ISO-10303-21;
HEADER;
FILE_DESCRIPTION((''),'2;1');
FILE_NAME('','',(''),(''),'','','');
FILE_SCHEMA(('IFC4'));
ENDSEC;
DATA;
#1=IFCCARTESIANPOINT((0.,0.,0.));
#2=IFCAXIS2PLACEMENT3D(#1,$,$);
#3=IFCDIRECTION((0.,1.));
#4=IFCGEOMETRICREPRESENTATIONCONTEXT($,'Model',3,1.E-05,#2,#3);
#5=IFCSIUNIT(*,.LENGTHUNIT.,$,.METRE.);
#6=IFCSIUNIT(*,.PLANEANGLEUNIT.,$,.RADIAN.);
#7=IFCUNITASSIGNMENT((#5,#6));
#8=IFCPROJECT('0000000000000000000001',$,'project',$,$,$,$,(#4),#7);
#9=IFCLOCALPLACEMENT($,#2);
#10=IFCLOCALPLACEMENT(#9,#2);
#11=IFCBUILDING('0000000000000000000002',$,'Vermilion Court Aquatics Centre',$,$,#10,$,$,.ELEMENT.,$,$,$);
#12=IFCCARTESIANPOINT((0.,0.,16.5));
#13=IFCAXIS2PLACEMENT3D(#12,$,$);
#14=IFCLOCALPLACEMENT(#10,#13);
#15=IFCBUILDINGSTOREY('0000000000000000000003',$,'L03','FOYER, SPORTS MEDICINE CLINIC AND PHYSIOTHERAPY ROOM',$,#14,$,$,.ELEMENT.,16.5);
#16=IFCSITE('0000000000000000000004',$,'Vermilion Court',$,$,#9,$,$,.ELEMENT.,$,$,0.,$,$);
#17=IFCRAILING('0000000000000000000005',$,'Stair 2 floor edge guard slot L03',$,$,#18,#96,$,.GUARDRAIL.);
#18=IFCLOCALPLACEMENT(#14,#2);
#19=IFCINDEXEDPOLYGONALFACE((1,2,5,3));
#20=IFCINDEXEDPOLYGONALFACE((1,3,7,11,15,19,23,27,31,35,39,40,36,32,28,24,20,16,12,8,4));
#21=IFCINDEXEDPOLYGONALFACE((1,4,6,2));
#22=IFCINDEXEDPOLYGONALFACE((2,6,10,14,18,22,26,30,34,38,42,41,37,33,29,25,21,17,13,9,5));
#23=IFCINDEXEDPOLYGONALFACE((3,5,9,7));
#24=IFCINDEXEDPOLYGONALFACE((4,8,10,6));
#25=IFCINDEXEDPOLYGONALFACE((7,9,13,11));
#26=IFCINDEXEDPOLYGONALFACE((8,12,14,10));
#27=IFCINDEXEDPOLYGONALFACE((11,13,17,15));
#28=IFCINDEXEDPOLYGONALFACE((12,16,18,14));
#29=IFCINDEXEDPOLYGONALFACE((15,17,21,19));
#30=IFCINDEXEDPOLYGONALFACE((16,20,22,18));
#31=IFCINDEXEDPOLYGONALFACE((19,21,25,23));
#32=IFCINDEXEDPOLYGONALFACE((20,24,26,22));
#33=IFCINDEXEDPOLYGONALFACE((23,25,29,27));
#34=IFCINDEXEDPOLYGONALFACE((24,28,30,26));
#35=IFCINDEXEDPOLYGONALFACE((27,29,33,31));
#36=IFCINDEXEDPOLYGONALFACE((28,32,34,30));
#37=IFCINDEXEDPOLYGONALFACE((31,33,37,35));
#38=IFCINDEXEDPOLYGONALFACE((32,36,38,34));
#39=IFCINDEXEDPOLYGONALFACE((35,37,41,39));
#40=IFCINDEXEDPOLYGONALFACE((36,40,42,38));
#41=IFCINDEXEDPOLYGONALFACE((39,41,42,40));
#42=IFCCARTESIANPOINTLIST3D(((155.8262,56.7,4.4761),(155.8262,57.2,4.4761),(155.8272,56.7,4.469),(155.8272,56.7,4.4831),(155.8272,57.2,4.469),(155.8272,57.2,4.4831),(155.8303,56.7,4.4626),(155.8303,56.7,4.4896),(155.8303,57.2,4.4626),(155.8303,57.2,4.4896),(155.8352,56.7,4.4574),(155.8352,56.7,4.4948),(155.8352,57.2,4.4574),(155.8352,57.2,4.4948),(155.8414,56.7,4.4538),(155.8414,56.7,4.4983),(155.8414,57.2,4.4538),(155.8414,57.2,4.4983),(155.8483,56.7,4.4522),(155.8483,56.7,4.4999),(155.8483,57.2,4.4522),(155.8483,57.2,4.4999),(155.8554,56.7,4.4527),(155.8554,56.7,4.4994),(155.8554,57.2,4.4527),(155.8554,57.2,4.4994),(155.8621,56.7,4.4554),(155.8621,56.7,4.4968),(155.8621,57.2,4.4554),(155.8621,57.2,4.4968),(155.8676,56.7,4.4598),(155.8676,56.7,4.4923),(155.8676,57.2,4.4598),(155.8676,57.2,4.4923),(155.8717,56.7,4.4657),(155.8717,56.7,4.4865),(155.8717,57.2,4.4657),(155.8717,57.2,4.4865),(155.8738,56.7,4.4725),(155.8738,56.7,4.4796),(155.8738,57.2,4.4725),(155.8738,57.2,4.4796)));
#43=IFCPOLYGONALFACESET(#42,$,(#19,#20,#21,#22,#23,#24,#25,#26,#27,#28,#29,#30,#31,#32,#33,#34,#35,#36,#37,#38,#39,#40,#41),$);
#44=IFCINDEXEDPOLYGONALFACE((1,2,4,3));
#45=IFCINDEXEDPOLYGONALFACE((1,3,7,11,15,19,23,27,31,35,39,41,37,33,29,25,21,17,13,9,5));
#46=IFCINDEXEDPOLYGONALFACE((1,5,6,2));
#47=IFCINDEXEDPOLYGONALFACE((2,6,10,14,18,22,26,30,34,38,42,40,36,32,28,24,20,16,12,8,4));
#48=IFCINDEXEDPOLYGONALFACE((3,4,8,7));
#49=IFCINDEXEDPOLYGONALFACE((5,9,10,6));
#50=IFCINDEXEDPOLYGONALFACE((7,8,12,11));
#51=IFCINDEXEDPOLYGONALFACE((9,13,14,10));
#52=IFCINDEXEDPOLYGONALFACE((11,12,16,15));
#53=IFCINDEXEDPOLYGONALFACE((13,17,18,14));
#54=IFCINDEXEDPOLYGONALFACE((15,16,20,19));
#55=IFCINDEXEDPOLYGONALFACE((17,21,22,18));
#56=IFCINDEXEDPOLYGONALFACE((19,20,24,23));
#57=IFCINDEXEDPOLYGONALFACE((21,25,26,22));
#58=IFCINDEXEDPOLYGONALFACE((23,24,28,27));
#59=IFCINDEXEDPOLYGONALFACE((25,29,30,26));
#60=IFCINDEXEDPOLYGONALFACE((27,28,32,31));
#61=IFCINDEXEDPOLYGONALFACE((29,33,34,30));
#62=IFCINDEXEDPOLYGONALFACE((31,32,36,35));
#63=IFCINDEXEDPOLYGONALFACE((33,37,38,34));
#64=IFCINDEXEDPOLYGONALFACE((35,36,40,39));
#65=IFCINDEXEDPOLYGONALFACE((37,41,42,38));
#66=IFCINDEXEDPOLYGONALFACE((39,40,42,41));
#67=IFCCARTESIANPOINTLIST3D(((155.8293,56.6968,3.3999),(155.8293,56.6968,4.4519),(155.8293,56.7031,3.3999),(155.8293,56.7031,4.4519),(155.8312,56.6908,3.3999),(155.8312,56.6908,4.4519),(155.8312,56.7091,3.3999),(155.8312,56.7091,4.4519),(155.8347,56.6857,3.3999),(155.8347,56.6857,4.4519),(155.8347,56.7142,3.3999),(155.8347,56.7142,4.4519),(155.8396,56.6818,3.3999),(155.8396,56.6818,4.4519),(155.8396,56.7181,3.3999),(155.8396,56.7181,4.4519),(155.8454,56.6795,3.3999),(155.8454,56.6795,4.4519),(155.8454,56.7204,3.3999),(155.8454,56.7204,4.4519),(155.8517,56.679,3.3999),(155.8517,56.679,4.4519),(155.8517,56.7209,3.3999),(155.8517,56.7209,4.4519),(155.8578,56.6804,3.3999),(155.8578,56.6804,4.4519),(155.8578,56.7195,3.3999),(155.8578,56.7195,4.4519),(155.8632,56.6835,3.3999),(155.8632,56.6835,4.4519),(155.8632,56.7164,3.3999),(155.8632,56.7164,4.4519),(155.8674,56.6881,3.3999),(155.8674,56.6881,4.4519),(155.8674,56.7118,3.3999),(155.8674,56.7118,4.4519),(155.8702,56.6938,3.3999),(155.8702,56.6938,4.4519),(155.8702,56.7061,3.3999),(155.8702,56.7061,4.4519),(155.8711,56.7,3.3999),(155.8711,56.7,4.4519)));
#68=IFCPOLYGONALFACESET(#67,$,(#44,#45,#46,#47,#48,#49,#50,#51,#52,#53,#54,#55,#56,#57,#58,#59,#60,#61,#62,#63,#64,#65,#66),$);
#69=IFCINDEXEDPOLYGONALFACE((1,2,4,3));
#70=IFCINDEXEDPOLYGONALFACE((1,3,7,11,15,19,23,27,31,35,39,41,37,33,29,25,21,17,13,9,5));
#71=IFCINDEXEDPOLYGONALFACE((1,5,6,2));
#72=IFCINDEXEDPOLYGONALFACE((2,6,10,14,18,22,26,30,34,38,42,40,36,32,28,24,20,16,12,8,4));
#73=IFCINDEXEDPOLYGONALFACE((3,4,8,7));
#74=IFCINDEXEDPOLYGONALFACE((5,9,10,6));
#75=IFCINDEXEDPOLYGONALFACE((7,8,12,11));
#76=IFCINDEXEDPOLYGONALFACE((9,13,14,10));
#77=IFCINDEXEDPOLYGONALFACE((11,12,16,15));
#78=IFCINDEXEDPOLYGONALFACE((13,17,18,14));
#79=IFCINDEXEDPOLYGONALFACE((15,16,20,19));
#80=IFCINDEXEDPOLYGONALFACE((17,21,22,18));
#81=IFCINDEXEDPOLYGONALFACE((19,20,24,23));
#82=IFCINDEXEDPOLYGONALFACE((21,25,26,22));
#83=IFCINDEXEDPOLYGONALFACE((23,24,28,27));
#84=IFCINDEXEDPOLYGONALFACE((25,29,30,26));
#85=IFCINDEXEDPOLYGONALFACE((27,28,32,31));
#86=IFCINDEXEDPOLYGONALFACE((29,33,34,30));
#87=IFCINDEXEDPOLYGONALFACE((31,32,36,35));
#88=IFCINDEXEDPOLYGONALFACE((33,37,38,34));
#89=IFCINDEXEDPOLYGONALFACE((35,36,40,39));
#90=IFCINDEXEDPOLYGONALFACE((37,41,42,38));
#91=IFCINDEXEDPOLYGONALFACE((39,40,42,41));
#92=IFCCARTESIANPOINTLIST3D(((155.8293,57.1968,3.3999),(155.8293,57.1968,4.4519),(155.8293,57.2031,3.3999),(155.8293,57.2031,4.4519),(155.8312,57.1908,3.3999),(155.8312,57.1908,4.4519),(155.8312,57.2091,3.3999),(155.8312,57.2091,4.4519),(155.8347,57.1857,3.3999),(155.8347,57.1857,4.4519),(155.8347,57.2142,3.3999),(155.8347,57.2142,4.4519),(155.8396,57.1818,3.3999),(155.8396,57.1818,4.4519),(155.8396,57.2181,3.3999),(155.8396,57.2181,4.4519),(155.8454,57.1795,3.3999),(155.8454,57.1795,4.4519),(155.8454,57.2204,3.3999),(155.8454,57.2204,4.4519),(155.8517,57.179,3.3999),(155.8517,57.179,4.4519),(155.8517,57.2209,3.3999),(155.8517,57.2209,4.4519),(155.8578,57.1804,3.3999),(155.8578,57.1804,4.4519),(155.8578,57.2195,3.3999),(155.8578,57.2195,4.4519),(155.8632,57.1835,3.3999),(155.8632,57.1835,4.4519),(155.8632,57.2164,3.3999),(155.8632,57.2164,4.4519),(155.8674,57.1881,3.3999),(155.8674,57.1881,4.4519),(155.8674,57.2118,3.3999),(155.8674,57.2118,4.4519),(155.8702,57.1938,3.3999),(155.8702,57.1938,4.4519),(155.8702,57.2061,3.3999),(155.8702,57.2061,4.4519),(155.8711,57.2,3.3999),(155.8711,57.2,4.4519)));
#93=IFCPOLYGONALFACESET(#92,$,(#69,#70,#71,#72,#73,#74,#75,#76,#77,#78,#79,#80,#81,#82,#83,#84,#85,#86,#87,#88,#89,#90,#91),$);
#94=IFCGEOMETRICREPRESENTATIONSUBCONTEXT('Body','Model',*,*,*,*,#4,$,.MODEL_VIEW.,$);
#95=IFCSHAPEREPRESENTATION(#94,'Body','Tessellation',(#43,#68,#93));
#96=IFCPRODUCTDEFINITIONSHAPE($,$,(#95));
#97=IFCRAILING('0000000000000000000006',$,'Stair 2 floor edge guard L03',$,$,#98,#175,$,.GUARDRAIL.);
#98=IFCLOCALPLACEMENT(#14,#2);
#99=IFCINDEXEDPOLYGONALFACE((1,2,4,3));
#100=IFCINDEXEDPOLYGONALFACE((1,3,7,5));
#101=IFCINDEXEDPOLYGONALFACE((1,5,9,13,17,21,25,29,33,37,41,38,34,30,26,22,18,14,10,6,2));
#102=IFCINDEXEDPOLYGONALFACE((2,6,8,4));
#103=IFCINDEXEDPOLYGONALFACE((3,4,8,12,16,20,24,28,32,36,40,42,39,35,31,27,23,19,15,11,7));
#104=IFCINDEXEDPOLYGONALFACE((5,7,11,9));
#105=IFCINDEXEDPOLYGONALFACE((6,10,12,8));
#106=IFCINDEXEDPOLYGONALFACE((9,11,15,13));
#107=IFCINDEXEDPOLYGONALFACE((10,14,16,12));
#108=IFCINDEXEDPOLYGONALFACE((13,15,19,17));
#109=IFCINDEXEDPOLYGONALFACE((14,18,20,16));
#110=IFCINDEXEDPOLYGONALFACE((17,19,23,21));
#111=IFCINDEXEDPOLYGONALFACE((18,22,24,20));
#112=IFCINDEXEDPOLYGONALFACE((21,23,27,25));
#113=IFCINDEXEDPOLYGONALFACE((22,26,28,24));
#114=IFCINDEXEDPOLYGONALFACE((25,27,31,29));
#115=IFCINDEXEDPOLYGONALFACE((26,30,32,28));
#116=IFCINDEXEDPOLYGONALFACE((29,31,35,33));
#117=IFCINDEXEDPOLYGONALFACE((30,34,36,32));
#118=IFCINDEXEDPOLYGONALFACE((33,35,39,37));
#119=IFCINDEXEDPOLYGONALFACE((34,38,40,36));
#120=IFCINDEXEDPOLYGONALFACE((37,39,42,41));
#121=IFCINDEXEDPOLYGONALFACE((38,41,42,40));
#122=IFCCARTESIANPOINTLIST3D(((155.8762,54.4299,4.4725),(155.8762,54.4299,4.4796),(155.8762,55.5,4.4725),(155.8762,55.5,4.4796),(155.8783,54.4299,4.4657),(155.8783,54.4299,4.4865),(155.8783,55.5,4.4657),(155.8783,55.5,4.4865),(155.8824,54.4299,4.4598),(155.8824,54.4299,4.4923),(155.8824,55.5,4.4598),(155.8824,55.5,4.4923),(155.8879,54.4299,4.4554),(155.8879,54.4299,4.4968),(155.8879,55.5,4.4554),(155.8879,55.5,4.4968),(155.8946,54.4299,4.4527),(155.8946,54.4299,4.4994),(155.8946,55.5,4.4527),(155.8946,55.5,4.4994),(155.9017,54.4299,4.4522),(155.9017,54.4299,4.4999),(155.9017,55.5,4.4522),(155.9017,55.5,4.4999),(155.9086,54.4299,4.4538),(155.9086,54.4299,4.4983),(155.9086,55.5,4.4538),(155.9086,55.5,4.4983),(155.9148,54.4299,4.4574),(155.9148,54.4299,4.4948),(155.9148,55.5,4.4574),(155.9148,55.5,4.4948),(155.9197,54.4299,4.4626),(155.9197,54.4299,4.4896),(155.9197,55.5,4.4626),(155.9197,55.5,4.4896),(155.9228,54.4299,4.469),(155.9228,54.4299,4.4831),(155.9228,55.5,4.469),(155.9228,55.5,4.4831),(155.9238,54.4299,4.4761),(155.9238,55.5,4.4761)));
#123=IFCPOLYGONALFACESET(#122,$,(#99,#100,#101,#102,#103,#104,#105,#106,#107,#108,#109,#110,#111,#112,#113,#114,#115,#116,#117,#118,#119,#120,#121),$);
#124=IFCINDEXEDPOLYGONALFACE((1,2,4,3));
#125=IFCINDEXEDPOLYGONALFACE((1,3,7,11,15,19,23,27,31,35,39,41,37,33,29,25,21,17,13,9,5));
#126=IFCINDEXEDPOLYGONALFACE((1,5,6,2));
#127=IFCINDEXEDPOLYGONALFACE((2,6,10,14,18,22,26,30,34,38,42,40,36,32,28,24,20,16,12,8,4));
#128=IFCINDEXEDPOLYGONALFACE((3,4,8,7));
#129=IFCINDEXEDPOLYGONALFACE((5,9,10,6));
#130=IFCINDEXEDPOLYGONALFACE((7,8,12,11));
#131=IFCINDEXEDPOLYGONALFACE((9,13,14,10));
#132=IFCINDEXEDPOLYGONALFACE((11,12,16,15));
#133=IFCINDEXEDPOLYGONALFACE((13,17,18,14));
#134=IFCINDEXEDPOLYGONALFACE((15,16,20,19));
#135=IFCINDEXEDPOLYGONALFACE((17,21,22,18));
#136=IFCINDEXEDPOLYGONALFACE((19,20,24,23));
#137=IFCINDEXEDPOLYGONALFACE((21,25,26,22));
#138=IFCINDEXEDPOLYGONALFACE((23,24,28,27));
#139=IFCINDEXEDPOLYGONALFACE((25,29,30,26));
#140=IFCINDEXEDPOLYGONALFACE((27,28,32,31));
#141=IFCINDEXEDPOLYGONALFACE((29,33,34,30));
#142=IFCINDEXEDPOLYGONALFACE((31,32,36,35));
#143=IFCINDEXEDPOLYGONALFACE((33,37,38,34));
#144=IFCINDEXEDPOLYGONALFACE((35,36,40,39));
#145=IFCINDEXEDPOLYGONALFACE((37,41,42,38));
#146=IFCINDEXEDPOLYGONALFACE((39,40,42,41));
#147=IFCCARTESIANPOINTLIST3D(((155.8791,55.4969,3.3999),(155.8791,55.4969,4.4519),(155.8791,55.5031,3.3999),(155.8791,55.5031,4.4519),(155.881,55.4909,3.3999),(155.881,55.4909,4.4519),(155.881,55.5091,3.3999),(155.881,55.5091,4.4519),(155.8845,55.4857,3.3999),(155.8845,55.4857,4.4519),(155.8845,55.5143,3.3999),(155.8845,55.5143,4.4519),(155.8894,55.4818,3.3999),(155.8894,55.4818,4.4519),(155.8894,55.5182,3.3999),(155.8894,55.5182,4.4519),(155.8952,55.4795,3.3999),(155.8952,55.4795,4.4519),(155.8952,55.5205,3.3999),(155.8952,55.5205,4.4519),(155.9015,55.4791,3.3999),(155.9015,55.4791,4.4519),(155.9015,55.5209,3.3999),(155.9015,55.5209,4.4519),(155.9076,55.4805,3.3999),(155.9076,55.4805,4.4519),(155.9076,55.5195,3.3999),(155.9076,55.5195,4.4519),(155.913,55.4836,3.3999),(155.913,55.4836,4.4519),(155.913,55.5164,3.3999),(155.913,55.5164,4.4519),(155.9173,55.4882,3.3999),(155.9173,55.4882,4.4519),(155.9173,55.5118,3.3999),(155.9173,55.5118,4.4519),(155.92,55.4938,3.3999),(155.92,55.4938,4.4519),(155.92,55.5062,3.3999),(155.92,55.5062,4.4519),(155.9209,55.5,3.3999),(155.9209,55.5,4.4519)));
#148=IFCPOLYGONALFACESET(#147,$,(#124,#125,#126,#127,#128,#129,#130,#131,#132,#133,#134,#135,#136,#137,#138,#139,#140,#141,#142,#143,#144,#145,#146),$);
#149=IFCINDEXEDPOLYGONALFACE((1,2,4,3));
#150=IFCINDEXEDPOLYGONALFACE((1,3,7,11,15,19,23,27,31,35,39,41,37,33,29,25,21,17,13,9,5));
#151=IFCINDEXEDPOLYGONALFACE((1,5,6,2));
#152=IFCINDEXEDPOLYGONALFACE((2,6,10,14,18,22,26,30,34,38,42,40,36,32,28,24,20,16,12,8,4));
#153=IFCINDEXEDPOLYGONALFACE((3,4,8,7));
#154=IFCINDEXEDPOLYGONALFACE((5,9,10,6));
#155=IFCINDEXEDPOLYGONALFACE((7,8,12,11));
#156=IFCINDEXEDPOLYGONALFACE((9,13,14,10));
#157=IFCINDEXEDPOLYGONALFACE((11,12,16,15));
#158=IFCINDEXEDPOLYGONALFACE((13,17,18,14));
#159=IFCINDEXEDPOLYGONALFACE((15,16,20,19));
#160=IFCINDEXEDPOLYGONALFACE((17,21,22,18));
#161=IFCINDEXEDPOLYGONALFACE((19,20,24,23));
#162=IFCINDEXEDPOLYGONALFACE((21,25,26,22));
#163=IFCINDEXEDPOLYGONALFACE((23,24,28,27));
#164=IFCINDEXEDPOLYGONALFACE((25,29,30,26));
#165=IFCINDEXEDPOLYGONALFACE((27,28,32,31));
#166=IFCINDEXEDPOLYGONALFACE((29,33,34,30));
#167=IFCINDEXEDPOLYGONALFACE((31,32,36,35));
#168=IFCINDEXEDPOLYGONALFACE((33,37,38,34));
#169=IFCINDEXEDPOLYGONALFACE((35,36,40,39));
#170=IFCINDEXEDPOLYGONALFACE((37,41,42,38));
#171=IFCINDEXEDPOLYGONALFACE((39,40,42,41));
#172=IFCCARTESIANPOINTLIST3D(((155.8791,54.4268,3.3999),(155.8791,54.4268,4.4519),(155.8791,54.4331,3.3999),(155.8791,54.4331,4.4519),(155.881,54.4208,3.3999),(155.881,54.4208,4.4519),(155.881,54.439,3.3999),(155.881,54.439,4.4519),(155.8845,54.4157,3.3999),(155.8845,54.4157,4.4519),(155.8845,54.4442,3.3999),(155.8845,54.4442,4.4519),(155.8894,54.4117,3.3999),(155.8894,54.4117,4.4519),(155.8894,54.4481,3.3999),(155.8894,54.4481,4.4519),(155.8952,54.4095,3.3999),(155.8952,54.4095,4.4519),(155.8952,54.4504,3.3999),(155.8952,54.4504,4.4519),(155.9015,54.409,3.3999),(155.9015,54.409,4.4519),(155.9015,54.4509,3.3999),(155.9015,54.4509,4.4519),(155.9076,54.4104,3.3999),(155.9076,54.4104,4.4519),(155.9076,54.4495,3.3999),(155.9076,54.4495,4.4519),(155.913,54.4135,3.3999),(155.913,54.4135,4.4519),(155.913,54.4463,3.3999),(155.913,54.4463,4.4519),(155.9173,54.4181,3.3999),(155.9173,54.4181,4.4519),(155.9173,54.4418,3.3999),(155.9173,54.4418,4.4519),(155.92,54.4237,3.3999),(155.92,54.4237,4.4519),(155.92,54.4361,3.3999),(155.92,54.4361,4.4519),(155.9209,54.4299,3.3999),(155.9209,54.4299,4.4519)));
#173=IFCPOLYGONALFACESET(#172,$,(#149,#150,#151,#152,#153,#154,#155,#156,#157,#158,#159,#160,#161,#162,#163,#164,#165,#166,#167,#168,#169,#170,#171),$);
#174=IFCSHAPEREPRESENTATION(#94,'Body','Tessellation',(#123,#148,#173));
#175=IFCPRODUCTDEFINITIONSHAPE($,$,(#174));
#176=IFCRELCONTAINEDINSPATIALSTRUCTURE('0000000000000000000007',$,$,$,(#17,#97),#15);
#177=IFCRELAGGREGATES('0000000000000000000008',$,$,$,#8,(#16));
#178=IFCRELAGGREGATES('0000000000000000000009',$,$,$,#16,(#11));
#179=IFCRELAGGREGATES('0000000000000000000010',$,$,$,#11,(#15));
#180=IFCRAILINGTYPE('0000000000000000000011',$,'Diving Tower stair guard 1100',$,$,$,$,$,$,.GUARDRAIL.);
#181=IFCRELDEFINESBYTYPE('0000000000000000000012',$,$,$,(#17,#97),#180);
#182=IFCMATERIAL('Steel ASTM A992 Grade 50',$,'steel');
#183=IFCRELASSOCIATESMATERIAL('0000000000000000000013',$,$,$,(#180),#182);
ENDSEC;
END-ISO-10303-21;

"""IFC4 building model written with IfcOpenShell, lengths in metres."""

from ifc_helpers import new_model, si_unit, direction, frame, origin, origin_2d, place, context, subcontext, project, spatial, circle, extrude, material, type_object, element, save


model = new_model("IFC4")

# Units and contexts
model_context = context("Model", 3, precision=1e-05, world=origin(), true_north=direction((0.0, 1.0)))
body_context = subcontext(model_context, "Body", "Model", "MODEL_VIEW")
ifc_project = project(units=[si_unit("LENGTHUNIT", "METRE"), si_unit("PLANEANGLEUNIT", "RADIAN")], contexts=[model_context])

# Site, building, storey
site_placement = place(None, origin())
site = spatial("IfcSite", under=ifc_project, at=site_placement, Name="Vermilion Court", CompositionType="ELEMENT", RefElevation=0.0)
building_placement = place(site_placement, origin())
building = spatial("IfcBuilding", under=site, at=building_placement, Name="Vermilion Court Aquatics Centre", CompositionType="ELEMENT")
storey_placement = place(building_placement, frame((0.0, 0.0, 16.5)))
storey = spatial("IfcBuildingStorey", under=building, at=storey_placement, Name="L03", Description="FOYER, SPORTS MEDICINE CLINIC AND PHYSIOTHERAPY ROOM", CompositionType="ELEMENT", Elevation=16.5)

# Railings
ifc_material_1 = material(Name="Steel ASTM A992 Grade 50", Category="steel")
railing_type_1 = type_object("IfcRailingType", Name="Diving Tower stair guard 1100", PredefinedType="GUARDRAIL", material=ifc_material_1)
railing_1_placement = place(storey_placement, frame((155.8501, 56.7, 3.3999)))
element("IfcRailing", 1, at=railing_1_placement, inside=storey, type_object=railing_type_1, Name="Stair 2 floor edge guard slot L03", PredefinedType="GUARDRAIL", context=body_context, shape_type="SweptSolid", body=[
    extrude(circle(Radius=0.0239, at=origin_2d()), frame((0.0, 0.0, 1.0762), z_axis=(0.0, 1.0, 0.0), x_axis=(-1.0, 0.0, 0.0)), (0.0, 0.0, 1.0), 0.5),
    extrude(circle(Radius=0.021, at=origin_2d()), origin(), (0.0, 0.0, 1.0), 1.052),
    extrude(circle(Radius=0.021, at=origin_2d()), frame((0.0, 0.5, 0.0)), (0.0, 0.0, 1.0), 1.052),
])
railing_2_placement = place(storey_placement, frame((155.8999, 55.5, 3.3999)))
element("IfcRailing", 2, at=railing_2_placement, inside=storey, type_object=railing_type_1, Name="Stair 2 floor edge guard L03", PredefinedType="GUARDRAIL", context=body_context, shape_type="SweptSolid", body=[
    extrude(circle(Radius=0.0239, at=origin_2d()), frame((0.0, 0.0, 1.0762), z_axis=(0.0, -1.0, 0.0), x_axis=(1.0, 0.0, 0.0)), (0.0, 0.0, 1.0), 1.0701),
    extrude(circle(Radius=0.021, at=origin_2d()), origin(), (0.0, 0.0, 1.0), 1.052),
    extrude(circle(Radius=0.021, at=origin_2d()), frame((0.0, -1.0701, 0.0)), (0.0, 0.0, 1.0), 1.052),
])

save(model, "model.ifc")
